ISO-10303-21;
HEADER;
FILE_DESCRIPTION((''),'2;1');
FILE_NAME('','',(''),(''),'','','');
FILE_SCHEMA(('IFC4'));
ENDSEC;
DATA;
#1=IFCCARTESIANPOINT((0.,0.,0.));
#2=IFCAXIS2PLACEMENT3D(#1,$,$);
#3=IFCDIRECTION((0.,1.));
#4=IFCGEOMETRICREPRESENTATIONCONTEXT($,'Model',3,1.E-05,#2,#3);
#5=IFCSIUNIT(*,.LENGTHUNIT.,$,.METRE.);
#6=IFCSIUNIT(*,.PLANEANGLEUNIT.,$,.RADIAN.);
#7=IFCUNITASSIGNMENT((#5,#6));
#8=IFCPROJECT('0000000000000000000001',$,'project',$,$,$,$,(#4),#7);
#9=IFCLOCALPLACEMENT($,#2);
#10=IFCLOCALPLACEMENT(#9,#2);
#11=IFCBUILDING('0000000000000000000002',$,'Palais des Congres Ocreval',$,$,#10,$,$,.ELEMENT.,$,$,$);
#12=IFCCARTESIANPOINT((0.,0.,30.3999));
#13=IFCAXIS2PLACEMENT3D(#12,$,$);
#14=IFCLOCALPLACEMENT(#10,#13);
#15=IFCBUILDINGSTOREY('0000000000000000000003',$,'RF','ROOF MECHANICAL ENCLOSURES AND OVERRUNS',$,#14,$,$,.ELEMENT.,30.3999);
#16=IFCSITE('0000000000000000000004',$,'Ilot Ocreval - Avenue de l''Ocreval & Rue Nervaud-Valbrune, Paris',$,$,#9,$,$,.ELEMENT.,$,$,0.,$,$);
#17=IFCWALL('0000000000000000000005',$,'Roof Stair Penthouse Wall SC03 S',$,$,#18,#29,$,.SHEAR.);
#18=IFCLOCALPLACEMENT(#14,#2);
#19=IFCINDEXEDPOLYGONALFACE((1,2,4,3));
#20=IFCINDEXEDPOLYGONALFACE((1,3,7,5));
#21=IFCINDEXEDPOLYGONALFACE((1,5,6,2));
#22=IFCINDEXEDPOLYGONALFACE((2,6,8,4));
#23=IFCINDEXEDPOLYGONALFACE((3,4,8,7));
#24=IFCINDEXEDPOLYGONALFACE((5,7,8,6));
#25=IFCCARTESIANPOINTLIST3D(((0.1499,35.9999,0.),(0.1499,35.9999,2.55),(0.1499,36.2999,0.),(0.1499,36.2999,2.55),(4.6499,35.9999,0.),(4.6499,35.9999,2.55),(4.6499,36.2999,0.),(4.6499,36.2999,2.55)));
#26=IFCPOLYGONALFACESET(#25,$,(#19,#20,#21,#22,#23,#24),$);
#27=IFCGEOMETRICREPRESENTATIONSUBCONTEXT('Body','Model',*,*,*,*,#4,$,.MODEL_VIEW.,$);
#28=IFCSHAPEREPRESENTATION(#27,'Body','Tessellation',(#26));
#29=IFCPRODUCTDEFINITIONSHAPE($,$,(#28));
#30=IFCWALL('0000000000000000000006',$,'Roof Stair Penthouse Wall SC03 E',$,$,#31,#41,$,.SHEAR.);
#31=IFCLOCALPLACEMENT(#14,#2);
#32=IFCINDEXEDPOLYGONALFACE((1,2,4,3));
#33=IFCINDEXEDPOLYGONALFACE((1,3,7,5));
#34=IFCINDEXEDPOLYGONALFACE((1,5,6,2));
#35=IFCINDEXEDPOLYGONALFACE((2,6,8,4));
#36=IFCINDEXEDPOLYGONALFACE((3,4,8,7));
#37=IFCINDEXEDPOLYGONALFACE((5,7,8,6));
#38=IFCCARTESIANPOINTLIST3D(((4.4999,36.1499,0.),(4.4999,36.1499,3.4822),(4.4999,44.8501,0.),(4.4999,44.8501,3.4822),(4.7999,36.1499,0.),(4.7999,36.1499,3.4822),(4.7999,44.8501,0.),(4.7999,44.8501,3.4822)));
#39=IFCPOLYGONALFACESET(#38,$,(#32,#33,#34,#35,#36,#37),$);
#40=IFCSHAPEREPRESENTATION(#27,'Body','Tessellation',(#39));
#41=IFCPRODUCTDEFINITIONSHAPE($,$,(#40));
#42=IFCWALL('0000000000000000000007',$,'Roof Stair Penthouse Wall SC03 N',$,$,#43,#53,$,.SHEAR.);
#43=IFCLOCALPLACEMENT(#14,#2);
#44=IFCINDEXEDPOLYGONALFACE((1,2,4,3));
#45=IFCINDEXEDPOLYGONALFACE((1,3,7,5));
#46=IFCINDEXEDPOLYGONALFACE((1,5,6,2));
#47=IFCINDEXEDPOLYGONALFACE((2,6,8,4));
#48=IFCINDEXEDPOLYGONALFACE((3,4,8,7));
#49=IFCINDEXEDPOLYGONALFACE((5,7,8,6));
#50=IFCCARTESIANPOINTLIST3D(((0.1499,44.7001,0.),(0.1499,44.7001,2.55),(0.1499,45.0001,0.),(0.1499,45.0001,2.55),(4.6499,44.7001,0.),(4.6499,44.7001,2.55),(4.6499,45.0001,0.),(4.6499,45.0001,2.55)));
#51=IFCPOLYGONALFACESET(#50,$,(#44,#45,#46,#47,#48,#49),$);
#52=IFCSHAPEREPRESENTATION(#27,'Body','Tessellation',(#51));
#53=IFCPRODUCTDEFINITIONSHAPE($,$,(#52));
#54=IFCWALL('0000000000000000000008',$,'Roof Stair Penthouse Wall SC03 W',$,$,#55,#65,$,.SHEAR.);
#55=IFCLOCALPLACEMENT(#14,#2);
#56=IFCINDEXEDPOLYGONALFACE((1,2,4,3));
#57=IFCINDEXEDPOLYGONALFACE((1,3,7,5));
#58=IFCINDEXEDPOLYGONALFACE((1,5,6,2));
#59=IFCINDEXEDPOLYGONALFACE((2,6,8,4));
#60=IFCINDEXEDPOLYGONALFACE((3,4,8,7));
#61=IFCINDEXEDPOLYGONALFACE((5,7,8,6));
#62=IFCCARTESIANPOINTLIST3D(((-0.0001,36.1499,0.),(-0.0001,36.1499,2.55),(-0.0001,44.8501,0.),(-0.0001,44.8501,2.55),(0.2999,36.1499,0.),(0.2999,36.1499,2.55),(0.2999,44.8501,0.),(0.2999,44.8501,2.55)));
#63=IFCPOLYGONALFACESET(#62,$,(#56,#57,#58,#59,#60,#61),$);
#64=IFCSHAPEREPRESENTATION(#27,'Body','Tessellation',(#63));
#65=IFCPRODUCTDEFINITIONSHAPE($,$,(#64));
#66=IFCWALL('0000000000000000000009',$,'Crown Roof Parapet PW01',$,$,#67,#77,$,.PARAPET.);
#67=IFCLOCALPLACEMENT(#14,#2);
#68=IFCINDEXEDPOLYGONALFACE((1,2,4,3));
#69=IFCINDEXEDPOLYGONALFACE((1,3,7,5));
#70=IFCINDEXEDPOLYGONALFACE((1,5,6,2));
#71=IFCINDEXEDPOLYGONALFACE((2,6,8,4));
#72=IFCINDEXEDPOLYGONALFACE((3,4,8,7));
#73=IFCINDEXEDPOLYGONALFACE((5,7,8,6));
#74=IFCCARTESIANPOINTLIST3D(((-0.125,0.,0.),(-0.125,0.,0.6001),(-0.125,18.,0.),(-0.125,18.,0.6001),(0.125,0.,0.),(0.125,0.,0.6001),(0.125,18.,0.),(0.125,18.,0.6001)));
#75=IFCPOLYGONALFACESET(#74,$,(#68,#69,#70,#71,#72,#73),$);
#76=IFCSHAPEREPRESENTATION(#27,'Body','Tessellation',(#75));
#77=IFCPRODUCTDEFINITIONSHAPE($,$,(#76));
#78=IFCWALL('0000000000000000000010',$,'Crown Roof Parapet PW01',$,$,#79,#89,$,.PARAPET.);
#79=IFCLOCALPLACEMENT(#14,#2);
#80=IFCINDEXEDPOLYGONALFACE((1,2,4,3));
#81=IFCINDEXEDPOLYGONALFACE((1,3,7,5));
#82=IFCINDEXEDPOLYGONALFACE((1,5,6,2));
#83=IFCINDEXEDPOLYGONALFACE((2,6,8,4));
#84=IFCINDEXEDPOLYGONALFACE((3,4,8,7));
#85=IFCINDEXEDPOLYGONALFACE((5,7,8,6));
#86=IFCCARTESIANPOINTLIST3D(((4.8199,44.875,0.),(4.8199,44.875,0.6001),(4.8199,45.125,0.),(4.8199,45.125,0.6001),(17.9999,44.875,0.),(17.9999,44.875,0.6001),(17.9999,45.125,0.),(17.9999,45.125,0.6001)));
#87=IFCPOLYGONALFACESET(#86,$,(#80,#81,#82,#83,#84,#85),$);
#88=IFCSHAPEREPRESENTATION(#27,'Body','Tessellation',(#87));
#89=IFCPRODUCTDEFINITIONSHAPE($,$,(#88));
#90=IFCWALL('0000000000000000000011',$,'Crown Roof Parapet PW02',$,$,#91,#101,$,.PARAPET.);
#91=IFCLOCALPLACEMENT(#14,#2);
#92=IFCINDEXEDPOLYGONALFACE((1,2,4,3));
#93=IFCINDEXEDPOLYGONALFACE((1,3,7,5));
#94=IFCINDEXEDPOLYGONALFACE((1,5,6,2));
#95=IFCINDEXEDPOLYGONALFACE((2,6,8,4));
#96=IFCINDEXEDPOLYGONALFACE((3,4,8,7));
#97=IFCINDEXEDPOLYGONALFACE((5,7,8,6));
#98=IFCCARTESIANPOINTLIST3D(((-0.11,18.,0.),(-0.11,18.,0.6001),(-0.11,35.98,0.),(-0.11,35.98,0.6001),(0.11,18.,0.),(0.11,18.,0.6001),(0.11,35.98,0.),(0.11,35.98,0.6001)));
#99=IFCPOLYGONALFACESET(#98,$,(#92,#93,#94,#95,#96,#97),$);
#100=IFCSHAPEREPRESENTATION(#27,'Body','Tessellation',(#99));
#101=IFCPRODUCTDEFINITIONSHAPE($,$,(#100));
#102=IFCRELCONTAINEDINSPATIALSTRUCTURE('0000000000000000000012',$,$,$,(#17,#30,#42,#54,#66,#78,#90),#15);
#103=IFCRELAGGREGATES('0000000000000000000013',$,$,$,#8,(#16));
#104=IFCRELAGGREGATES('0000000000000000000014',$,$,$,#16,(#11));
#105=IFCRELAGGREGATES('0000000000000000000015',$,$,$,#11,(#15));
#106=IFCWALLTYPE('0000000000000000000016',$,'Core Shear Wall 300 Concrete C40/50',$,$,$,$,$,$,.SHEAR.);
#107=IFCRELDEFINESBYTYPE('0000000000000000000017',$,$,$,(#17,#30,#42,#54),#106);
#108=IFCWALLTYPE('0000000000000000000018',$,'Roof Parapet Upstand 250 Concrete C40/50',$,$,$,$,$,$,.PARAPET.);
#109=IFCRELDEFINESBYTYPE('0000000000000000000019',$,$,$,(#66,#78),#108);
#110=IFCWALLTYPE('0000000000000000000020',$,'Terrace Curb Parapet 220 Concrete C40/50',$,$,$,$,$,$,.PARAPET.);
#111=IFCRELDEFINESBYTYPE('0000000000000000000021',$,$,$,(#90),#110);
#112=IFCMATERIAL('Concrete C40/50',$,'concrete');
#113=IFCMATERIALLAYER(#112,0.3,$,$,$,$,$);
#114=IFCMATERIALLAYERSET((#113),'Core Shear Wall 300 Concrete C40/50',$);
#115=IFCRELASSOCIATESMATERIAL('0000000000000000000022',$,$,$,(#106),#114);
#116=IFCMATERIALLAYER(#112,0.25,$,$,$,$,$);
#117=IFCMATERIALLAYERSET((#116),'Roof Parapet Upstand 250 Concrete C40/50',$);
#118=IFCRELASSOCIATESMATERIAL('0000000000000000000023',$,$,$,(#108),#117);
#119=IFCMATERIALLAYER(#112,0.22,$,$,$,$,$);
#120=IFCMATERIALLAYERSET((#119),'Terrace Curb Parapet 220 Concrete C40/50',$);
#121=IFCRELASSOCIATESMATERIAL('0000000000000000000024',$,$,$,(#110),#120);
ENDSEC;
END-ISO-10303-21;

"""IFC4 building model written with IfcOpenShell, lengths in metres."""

from ifc_helpers import new_model, si_unit, direction, frame, frame_2d, origin, place, context, subcontext, project, spatial, rectangle, extrude, material, layer, layer_set, type_object, element, save


model = new_model("IFC4")

# Units and contexts
model_context = context("Model", 3, precision=1e-05, world=origin(), true_north=direction((0.0, 1.0)))
body_context = subcontext(model_context, "Body", "Model", "MODEL_VIEW")
ifc_project = project(units=[si_unit("LENGTHUNIT", "METRE"), si_unit("PLANEANGLEUNIT", "RADIAN")], contexts=[model_context])

# Site, building, storey
site_placement = place(None, origin())
site = spatial("IfcSite", under=ifc_project, at=site_placement, Name="Ilot Ocreval - Avenue de l'Ocreval & Rue Nervaud-Valbrune, Paris", CompositionType="ELEMENT", RefElevation=0.0)
building_placement = place(site_placement, origin())
building = spatial("IfcBuilding", under=site, at=building_placement, Name="Palais des Congres Ocreval", CompositionType="ELEMENT")
storey_placement = place(building_placement, frame((0.0, 0.0, 30.3999)))
storey = spatial("IfcBuildingStorey", under=building, at=storey_placement, Name="RF", Description="ROOF MECHANICAL ENCLOSURES AND OVERRUNS", CompositionType="ELEMENT", Elevation=30.3999)

# Shared definitions
ifc_material_1 = material(Name="Concrete C40/50", Category="concrete")

# Walls
ifc_layer_1 = layer(ifc_material_1, 0.3)
ifc_layer_set_1 = layer_set([ifc_layer_1], Name="Core Shear Wall 300 Concrete C40/50")
wall_type_1 = type_object("IfcWallType", Name="Core Shear Wall 300 Concrete C40/50", PredefinedType="SHEAR", material=ifc_layer_set_1)
wall_1_placement = place(storey_placement, frame((0.1499, 36.1499, 0.0), z_axis=(0.0, 0.0, 1.0), x_axis=(1.0, 0.0, 0.0)))
element("IfcWall", 1, at=wall_1_placement, inside=storey, type_object=wall_type_1, Name="Roof Stair Penthouse Wall SC03 S", PredefinedType="SHEAR", context=body_context, shape_type="SweptSolid", body=[
    extrude(rectangle(XDim=4.5, YDim=0.3, at=frame_2d((2.25, 0.0))), origin(), (0.0, 0.0, 1.0), 2.55),
])
wall_2_placement = place(storey_placement, frame((4.6499, 36.1499, 0.0), z_axis=(0.0, 0.0, 1.0), x_axis=(0.0, 1.0, 0.0)))
element("IfcWall", 2, at=wall_2_placement, inside=storey, type_object=wall_type_1, Name="Roof Stair Penthouse Wall SC03 E", PredefinedType="SHEAR", context=body_context, shape_type="SweptSolid", body=[
    extrude(rectangle(XDim=8.7002, YDim=0.3, at=frame_2d((4.3501, 0.0))), origin(), (0.0, 0.0, 1.0), 3.4822),
])
wall_3_placement = place(storey_placement, frame((4.6499, 44.8501, 0.0), z_axis=(0.0, 0.0, 1.0), x_axis=(-1.0, 0.0, 0.0)))
element("IfcWall", 3, at=wall_3_placement, inside=storey, type_object=wall_type_1, Name="Roof Stair Penthouse Wall SC03 N", PredefinedType="SHEAR", context=body_context, shape_type="SweptSolid", body=[
    extrude(rectangle(XDim=4.5, YDim=0.3, at=frame_2d((2.25, 0.0))), origin(), (0.0, 0.0, 1.0), 2.55),
])
wall_4_placement = place(storey_placement, frame((0.1499, 44.8501, 0.0), z_axis=(0.0, 0.0, 1.0), x_axis=(0.0, -1.0, 0.0)))
element("IfcWall", 4, at=wall_4_placement, inside=storey, type_object=wall_type_1, Name="Roof Stair Penthouse Wall SC03 W", PredefinedType="SHEAR", context=body_context, shape_type="SweptSolid", body=[
    extrude(rectangle(XDim=8.7002, YDim=0.3, at=frame_2d((4.3501, 0.0))), origin(), (0.0, 0.0, 1.0), 2.55),
])
ifc_layer_2 = layer(ifc_material_1, 0.25)
ifc_layer_set_2 = layer_set([ifc_layer_2], Name="Roof Parapet Upstand 250 Concrete C40/50")
wall_type_2 = type_object("IfcWallType", Name="Roof Parapet Upstand 250 Concrete C40/50", PredefinedType="PARAPET", material=ifc_layer_set_2)
wall_5_placement = place(storey_placement, frame((0.0, 0.0, 0.0), z_axis=(0.0, 0.0, 1.0), x_axis=(0.0, 1.0, 0.0)))
element("IfcWall", 5, at=wall_5_placement, inside=storey, type_object=wall_type_2, Name="Crown Roof Parapet PW01", PredefinedType="PARAPET", context=body_context, shape_type="SweptSolid", body=[
    extrude(rectangle(XDim=18.0, YDim=0.25, at=frame_2d((9.0, 0.0))), origin(), (0.0, 0.0, 1.0), 0.6001),
])
wall_6_placement = place(storey_placement, frame((4.8201, 45.0, 0.0), z_axis=(0.0, 0.0, 1.0), x_axis=(1.0, 0.0, 0.0)))
element("IfcWall", 6, at=wall_6_placement, inside=storey, type_object=wall_type_2, Name="Crown Roof Parapet PW01", PredefinedType="PARAPET", context=body_context, shape_type="SweptSolid", body=[
    extrude(rectangle(XDim=13.1799, YDim=0.25, at=frame_2d((6.5898, 0.0))), origin(), (0.0, 0.0, 1.0), 0.6001),
])
ifc_layer_3 = layer(ifc_material_1, 0.22)
ifc_layer_set_3 = layer_set([ifc_layer_3], Name="Terrace Curb Parapet 220 Concrete C40/50")
wall_type_3 = type_object("IfcWallType", Name="Terrace Curb Parapet 220 Concrete C40/50", PredefinedType="PARAPET", material=ifc_layer_set_3)
wall_7_placement = place(storey_placement, frame((0.0, 18.0, 0.0), z_axis=(0.0, 0.0, 1.0), x_axis=(0.0, 1.0, 0.0)))
element("IfcWall", 7, at=wall_7_placement, inside=storey, type_object=wall_type_3, Name="Crown Roof Parapet PW02", PredefinedType="PARAPET", context=body_context, shape_type="SweptSolid", body=[
    extrude(rectangle(XDim=17.98, YDim=0.22, at=frame_2d((8.99, 0.0))), origin(), (0.0, 0.0, 1.0), 0.6001),
])

save(model, "model.ifc")
